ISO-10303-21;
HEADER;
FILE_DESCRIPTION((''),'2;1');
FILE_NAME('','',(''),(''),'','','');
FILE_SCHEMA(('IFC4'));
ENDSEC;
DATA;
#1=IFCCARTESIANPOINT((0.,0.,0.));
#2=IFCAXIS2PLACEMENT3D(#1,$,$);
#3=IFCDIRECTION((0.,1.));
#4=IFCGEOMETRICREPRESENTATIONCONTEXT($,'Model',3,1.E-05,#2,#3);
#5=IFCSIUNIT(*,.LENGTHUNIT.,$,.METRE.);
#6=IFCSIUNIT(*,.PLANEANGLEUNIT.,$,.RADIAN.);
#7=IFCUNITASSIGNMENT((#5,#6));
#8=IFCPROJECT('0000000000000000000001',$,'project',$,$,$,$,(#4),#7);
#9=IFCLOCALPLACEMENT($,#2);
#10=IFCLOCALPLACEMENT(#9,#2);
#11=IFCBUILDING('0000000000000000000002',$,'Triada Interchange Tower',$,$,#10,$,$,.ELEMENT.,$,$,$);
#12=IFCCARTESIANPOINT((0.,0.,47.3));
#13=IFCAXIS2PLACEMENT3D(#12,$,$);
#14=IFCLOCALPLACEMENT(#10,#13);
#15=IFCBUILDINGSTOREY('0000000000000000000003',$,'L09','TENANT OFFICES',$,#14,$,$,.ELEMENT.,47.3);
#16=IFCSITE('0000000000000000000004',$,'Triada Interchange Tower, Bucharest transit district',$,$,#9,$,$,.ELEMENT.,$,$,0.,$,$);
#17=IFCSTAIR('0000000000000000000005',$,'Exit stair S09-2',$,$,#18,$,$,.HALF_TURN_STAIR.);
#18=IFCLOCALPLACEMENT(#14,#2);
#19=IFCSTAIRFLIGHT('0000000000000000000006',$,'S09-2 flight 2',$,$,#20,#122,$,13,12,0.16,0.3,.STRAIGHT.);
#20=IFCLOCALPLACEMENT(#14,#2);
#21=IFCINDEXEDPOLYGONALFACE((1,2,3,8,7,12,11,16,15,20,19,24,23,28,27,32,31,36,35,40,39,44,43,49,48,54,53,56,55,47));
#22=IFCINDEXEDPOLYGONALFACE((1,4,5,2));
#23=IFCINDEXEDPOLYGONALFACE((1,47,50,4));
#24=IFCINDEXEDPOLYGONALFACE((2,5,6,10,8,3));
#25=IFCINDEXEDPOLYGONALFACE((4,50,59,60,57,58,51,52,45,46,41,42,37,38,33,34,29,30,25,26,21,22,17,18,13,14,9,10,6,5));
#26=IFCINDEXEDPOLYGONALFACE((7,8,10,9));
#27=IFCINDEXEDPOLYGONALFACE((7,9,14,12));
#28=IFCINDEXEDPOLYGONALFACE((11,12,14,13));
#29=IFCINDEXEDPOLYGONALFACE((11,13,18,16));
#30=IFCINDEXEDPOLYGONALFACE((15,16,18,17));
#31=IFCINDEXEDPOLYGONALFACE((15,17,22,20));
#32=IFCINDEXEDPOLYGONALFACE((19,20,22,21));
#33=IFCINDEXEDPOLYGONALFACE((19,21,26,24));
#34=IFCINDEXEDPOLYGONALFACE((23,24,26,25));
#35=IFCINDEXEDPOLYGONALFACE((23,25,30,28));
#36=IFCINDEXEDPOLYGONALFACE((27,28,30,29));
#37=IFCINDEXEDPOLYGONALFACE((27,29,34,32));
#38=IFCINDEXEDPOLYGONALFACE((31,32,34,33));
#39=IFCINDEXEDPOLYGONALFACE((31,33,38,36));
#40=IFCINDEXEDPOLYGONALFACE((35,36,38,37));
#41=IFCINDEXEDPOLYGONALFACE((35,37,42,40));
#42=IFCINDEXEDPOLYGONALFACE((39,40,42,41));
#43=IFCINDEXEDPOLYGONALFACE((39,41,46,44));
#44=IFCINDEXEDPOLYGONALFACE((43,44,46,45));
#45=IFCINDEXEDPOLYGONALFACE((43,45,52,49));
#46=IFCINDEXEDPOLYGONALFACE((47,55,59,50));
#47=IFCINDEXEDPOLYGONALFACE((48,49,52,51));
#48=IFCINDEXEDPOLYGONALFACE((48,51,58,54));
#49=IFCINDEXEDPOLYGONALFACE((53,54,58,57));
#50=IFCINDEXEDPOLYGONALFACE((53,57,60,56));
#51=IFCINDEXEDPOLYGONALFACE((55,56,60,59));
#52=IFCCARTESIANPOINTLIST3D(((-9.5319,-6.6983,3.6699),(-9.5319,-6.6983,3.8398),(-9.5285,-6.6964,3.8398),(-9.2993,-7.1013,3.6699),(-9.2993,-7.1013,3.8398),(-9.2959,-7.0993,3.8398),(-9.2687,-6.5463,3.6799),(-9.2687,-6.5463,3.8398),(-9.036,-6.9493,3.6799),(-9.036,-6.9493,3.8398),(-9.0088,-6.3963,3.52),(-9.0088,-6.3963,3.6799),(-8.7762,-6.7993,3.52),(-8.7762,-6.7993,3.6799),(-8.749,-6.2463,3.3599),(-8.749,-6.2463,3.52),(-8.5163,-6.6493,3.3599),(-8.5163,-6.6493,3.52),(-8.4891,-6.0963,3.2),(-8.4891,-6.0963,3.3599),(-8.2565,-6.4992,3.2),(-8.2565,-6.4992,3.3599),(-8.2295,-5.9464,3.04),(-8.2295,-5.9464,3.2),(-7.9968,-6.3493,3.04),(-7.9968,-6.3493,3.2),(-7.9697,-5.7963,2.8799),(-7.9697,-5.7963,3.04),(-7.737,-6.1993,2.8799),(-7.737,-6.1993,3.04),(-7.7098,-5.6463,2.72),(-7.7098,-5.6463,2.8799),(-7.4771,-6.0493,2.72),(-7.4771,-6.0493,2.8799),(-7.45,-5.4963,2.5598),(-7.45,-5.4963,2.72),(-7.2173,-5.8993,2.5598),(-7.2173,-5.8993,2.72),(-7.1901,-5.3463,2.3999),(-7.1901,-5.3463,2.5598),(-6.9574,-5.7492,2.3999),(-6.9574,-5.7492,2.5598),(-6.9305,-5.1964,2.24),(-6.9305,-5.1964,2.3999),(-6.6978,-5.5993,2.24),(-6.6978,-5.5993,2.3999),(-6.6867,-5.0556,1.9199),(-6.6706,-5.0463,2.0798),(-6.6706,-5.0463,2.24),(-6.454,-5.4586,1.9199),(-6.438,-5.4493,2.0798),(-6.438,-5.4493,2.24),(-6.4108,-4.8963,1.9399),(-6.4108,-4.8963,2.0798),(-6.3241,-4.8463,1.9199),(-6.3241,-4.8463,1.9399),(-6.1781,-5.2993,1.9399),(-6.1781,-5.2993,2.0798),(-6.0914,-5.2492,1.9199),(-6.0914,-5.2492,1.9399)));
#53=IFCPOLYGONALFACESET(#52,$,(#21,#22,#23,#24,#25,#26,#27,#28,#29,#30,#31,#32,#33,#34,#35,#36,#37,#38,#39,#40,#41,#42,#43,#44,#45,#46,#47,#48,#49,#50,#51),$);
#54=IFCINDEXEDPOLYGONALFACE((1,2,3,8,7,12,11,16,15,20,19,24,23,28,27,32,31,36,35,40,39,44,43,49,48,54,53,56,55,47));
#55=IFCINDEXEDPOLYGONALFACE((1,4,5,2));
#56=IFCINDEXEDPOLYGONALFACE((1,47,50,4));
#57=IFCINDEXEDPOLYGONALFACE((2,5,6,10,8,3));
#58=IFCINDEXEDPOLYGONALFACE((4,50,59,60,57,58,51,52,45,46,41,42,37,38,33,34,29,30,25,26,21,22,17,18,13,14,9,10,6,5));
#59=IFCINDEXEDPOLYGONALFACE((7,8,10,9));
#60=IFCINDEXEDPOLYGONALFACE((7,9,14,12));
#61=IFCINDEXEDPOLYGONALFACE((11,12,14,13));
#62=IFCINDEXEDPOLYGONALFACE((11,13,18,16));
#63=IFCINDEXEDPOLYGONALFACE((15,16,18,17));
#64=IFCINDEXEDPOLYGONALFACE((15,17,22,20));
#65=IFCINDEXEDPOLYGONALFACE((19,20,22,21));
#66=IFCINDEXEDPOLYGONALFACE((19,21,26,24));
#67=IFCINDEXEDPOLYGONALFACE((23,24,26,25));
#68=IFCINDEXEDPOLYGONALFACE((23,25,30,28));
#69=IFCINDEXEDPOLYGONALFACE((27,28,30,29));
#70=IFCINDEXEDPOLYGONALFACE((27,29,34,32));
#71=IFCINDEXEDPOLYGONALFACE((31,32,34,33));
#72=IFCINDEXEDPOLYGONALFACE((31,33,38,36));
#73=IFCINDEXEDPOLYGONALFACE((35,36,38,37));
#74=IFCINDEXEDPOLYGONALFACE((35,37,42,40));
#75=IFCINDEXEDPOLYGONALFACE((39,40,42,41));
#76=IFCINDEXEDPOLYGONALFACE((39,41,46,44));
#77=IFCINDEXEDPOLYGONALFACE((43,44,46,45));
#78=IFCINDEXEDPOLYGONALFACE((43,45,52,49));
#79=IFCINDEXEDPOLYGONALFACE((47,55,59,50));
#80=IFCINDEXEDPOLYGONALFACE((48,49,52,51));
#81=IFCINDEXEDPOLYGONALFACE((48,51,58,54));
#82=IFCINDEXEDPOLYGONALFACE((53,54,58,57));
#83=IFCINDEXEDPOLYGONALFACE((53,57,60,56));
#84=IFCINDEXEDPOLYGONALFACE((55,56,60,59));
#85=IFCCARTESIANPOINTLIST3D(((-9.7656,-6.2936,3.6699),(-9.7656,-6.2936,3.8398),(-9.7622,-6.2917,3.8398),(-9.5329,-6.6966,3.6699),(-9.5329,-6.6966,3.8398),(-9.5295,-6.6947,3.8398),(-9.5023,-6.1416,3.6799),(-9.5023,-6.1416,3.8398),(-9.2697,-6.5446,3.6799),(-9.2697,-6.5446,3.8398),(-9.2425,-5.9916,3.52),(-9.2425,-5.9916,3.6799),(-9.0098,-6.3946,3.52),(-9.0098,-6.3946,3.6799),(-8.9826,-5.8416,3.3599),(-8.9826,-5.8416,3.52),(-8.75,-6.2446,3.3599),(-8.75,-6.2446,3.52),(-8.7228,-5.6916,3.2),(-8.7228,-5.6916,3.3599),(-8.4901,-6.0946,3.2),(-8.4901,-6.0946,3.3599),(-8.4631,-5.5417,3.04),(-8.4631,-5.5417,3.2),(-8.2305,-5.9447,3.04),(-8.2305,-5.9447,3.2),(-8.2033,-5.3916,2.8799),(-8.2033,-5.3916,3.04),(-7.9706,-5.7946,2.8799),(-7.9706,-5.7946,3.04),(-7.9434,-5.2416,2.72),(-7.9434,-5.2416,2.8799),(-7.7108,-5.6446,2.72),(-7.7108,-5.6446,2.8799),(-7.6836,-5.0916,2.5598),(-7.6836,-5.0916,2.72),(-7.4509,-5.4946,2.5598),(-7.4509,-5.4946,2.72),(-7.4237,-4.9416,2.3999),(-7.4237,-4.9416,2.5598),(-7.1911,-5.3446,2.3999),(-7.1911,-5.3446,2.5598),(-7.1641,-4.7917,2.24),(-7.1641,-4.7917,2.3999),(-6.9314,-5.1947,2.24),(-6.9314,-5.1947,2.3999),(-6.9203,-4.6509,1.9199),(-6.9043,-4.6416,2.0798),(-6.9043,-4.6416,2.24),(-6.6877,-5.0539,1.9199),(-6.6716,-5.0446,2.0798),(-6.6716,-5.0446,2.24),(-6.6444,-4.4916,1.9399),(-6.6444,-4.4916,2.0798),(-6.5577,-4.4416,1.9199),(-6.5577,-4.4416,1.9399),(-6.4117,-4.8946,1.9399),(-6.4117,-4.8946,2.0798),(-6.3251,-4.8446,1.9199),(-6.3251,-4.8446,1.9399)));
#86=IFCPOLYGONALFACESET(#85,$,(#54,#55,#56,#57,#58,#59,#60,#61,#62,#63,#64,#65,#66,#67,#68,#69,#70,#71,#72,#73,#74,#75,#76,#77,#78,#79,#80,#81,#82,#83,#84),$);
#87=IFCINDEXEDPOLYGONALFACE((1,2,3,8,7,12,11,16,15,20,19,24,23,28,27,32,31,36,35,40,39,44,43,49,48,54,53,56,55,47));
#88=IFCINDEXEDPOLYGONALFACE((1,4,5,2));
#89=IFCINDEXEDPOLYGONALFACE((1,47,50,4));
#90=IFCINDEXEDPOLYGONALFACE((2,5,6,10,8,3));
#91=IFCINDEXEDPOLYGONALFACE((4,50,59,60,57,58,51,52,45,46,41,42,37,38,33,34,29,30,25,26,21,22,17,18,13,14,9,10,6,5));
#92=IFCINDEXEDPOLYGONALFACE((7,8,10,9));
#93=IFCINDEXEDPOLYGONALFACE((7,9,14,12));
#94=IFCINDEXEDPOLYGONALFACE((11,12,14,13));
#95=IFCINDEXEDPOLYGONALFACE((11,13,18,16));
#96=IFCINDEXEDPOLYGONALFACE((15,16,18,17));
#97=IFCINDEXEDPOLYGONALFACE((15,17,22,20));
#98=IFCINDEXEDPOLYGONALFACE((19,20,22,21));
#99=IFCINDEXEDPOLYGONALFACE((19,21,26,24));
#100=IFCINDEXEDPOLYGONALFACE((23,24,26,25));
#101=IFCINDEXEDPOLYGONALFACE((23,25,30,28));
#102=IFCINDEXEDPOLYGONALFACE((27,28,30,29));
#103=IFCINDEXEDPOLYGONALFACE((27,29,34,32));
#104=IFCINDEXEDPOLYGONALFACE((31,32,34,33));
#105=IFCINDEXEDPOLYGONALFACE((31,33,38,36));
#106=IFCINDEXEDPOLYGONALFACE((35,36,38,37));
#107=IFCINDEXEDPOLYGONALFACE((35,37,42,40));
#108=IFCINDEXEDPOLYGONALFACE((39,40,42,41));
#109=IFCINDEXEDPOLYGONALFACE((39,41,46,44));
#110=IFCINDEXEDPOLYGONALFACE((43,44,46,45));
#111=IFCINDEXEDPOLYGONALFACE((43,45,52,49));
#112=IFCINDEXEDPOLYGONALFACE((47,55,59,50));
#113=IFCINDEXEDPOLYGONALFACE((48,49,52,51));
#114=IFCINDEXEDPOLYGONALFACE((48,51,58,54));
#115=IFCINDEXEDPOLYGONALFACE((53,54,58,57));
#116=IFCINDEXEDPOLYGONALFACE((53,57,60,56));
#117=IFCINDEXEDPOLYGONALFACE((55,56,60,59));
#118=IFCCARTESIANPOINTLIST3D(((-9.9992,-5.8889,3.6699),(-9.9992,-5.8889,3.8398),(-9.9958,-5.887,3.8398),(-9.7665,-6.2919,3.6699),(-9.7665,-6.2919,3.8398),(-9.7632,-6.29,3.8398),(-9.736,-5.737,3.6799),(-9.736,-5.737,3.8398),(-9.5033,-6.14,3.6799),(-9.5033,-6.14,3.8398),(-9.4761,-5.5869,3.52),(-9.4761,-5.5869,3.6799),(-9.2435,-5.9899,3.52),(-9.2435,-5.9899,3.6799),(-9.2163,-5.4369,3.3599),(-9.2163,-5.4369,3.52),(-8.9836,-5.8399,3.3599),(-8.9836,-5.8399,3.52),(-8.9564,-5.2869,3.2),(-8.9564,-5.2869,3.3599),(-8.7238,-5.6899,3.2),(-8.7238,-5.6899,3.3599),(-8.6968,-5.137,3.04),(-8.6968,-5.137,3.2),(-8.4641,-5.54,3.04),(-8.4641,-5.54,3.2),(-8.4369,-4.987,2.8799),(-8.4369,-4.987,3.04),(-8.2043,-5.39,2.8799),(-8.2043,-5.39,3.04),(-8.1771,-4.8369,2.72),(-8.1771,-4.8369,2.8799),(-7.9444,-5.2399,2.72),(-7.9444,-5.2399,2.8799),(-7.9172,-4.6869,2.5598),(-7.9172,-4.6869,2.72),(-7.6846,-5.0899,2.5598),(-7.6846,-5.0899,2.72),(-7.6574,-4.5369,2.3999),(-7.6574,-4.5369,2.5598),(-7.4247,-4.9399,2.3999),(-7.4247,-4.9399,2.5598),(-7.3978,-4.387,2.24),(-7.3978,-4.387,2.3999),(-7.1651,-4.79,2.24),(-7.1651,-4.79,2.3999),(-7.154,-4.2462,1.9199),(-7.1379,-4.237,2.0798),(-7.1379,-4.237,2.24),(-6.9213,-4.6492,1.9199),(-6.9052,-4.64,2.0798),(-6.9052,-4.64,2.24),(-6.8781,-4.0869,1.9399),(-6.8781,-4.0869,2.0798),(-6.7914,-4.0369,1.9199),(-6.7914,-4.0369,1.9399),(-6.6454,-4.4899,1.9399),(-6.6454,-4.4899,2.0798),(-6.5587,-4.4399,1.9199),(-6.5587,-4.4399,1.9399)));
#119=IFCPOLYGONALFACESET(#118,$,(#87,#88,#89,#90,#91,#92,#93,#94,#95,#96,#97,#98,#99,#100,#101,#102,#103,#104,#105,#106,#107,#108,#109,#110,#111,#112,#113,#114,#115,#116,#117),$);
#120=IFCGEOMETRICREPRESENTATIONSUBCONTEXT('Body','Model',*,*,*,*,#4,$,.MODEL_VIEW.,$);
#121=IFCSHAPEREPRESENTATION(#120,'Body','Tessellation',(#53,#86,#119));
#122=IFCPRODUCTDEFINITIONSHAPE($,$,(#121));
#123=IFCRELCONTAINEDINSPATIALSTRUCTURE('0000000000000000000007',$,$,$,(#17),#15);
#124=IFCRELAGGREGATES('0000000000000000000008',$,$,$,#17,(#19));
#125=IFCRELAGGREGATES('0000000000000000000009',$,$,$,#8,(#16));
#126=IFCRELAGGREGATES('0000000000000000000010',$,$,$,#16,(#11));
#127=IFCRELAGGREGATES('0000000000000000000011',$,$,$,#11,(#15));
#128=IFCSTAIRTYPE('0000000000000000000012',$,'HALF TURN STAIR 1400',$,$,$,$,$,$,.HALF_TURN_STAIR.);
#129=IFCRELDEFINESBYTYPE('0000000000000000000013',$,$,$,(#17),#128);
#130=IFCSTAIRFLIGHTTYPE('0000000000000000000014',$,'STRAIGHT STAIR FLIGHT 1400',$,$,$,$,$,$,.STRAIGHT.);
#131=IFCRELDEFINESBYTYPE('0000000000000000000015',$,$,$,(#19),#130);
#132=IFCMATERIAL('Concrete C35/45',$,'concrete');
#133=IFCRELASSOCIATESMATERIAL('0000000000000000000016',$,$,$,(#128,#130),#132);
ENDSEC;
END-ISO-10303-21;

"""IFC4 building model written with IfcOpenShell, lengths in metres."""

from ifc_helpers import new_model, si_unit, direction, frame, origin, place, context, subcontext, project, spatial, polyline, outline, extrude, material, type_object, element, aggregate, save


model = new_model("IFC4")

# Units and contexts
model_context = context("Model", 3, precision=1e-05, world=origin(), true_north=direction((0.0, 1.0)))
body_context = subcontext(model_context, "Body", "Model", "MODEL_VIEW")
ifc_project = project(units=[si_unit("LENGTHUNIT", "METRE"), si_unit("PLANEANGLEUNIT", "RADIAN")], contexts=[model_context])

# Site, building, storey
site_placement = place(None, origin())
site = spatial("IfcSite", under=ifc_project, at=site_placement, Name="Triada Interchange Tower, Bucharest transit district", CompositionType="ELEMENT", RefElevation=0.0)
building_placement = place(site_placement, origin())
building = spatial("IfcBuilding", under=site, at=building_placement, Name="Triada Interchange Tower", CompositionType="ELEMENT")
storey_placement = place(building_placement, frame((0.0, 0.0, 47.3)))
storey = spatial("IfcBuildingStorey", under=building, at=storey_placement, Name="L09", Description="TENANT OFFICES", CompositionType="ELEMENT", Elevation=47.3)

# Stair, stair flight
ifc_material_1 = material(Name="Concrete C35/45", Category="concrete")
stair_type = type_object("IfcStairType", Name="HALF TURN STAIR 1400", PredefinedType="HALF_TURN_STAIR", material=ifc_material_1)
stair_placement = place(storey_placement, origin())
stair = element("IfcStair", 1, at=stair_placement, inside=storey, type_object=stair_type, Name="Exit stair S09-2", PredefinedType="HALF_TURN_STAIR")
stair_flight_type = type_object("IfcStairFlightType", Name="STRAIGHT STAIR FLIGHT 1400", PredefinedType="STRAIGHT", material=ifc_material_1)
stair_flight_1_placement = place(storey_placement, frame((-6.5281, -4.6931, 1.9199), z_axis=(0.0, 0.0, 1.0), x_axis=(-0.866025, -0.5, 0.0)))
stair_flight_1 = element("IfcStairFlight", 2, at=stair_flight_1_placement, type_object=stair_flight_type, Name="S09-2 flight 2", NumberOfRisers=13, NumberOfTreads=12, PredefinedType="STRAIGHT", RiserHeight=0.16, TreadLength=0.3, context=body_context, shape_type="SweptSolid", body=[
    extrude(outline(polyline([(-0.1001, 0.0), (-0.1001, 0.02), (0.0, 0.02), (0.0, 0.1599), (0.3, 0.1599), (0.3, 0.3201), (0.6001, 0.3201), (0.6001, 0.48), (0.8999, 0.48), (0.8999, 0.6399), (1.2, 0.6399), (1.2, 0.8), (1.5, 0.8), (1.5, 0.96), (1.8, 0.96), (1.8, 1.1201), (2.1001, 1.1201), (2.1001, 1.28), (2.3999, 1.28), (2.3999, 1.4399), (2.7, 1.4399), (2.7, 1.6001), (3.0, 1.6001), (3.0, 1.76), (3.3, 1.76), (3.3, 1.9199), (3.6001, 1.9199), (3.604, 1.9199), (3.604, 2.0801), (3.604, 1.75), (0.3186, 0.0), (-0.1001, 0.0)])), frame((0.0, 0.7, 0.0), z_axis=(0.0, -1.0, 0.0), x_axis=(1.0, 0.0, 0.0)), (0.0, 0.0, 1.0), 0.4653),
    extrude(outline(polyline([(-0.1001, 0.0), (-0.1001, 0.02), (0.0, 0.02), (0.0, 0.1599), (0.3, 0.1599), (0.3, 0.3201), (0.6001, 0.3201), (0.6001, 0.48), (0.8999, 0.48), (0.8999, 0.6399), (1.2, 0.6399), (1.2, 0.8), (1.5, 0.8), (1.5, 0.96), (1.8, 0.96), (1.8, 1.1201), (2.1001, 1.1201), (2.1001, 1.28), (2.3999, 1.28), (2.3999, 1.4399), (2.7, 1.4399), (2.7, 1.6001), (3.0, 1.6001), (3.0, 1.76), (3.3, 1.76), (3.3, 1.9199), (3.6001, 1.9199), (3.604, 1.9199), (3.604, 2.0801), (3.604, 1.75), (0.3186, 0.0), (-0.1001, 0.0)])), frame((0.0, 0.2327, 0.0), z_axis=(0.0, -1.0, 0.0), x_axis=(1.0, 0.0, 0.0)), (0.0, 0.0, 1.0), 0.4653),
    extrude(outline(polyline([(-0.1001, 0.0), (-0.1001, 0.02), (0.0, 0.02), (0.0, 0.1599), (0.3, 0.1599), (0.3, 0.3201), (0.6001, 0.3201), (0.6001, 0.48), (0.8999, 0.48), (0.8999, 0.6399), (1.2, 0.6399), (1.2, 0.8), (1.5, 0.8), (1.5, 0.96), (1.8, 0.96), (1.8, 1.1201), (2.1001, 1.1201), (2.1001, 1.28), (2.3999, 1.28), (2.3999, 1.4399), (2.7, 1.4399), (2.7, 1.6001), (3.0, 1.6001), (3.0, 1.76), (3.3, 1.76), (3.3, 1.9199), (3.6001, 1.9199), (3.604, 1.9199), (3.604, 2.0801), (3.604, 1.75), (0.3186, 0.0), (-0.1001, 0.0)])), frame((0.0, -0.2346, 0.0), z_axis=(0.0, -1.0, 0.0), x_axis=(1.0, 0.0, 0.0)), (0.0, 0.0, 1.0), 0.4653),
])
aggregate(stair, [stair_flight_1])

save(model, "model.ifc")
